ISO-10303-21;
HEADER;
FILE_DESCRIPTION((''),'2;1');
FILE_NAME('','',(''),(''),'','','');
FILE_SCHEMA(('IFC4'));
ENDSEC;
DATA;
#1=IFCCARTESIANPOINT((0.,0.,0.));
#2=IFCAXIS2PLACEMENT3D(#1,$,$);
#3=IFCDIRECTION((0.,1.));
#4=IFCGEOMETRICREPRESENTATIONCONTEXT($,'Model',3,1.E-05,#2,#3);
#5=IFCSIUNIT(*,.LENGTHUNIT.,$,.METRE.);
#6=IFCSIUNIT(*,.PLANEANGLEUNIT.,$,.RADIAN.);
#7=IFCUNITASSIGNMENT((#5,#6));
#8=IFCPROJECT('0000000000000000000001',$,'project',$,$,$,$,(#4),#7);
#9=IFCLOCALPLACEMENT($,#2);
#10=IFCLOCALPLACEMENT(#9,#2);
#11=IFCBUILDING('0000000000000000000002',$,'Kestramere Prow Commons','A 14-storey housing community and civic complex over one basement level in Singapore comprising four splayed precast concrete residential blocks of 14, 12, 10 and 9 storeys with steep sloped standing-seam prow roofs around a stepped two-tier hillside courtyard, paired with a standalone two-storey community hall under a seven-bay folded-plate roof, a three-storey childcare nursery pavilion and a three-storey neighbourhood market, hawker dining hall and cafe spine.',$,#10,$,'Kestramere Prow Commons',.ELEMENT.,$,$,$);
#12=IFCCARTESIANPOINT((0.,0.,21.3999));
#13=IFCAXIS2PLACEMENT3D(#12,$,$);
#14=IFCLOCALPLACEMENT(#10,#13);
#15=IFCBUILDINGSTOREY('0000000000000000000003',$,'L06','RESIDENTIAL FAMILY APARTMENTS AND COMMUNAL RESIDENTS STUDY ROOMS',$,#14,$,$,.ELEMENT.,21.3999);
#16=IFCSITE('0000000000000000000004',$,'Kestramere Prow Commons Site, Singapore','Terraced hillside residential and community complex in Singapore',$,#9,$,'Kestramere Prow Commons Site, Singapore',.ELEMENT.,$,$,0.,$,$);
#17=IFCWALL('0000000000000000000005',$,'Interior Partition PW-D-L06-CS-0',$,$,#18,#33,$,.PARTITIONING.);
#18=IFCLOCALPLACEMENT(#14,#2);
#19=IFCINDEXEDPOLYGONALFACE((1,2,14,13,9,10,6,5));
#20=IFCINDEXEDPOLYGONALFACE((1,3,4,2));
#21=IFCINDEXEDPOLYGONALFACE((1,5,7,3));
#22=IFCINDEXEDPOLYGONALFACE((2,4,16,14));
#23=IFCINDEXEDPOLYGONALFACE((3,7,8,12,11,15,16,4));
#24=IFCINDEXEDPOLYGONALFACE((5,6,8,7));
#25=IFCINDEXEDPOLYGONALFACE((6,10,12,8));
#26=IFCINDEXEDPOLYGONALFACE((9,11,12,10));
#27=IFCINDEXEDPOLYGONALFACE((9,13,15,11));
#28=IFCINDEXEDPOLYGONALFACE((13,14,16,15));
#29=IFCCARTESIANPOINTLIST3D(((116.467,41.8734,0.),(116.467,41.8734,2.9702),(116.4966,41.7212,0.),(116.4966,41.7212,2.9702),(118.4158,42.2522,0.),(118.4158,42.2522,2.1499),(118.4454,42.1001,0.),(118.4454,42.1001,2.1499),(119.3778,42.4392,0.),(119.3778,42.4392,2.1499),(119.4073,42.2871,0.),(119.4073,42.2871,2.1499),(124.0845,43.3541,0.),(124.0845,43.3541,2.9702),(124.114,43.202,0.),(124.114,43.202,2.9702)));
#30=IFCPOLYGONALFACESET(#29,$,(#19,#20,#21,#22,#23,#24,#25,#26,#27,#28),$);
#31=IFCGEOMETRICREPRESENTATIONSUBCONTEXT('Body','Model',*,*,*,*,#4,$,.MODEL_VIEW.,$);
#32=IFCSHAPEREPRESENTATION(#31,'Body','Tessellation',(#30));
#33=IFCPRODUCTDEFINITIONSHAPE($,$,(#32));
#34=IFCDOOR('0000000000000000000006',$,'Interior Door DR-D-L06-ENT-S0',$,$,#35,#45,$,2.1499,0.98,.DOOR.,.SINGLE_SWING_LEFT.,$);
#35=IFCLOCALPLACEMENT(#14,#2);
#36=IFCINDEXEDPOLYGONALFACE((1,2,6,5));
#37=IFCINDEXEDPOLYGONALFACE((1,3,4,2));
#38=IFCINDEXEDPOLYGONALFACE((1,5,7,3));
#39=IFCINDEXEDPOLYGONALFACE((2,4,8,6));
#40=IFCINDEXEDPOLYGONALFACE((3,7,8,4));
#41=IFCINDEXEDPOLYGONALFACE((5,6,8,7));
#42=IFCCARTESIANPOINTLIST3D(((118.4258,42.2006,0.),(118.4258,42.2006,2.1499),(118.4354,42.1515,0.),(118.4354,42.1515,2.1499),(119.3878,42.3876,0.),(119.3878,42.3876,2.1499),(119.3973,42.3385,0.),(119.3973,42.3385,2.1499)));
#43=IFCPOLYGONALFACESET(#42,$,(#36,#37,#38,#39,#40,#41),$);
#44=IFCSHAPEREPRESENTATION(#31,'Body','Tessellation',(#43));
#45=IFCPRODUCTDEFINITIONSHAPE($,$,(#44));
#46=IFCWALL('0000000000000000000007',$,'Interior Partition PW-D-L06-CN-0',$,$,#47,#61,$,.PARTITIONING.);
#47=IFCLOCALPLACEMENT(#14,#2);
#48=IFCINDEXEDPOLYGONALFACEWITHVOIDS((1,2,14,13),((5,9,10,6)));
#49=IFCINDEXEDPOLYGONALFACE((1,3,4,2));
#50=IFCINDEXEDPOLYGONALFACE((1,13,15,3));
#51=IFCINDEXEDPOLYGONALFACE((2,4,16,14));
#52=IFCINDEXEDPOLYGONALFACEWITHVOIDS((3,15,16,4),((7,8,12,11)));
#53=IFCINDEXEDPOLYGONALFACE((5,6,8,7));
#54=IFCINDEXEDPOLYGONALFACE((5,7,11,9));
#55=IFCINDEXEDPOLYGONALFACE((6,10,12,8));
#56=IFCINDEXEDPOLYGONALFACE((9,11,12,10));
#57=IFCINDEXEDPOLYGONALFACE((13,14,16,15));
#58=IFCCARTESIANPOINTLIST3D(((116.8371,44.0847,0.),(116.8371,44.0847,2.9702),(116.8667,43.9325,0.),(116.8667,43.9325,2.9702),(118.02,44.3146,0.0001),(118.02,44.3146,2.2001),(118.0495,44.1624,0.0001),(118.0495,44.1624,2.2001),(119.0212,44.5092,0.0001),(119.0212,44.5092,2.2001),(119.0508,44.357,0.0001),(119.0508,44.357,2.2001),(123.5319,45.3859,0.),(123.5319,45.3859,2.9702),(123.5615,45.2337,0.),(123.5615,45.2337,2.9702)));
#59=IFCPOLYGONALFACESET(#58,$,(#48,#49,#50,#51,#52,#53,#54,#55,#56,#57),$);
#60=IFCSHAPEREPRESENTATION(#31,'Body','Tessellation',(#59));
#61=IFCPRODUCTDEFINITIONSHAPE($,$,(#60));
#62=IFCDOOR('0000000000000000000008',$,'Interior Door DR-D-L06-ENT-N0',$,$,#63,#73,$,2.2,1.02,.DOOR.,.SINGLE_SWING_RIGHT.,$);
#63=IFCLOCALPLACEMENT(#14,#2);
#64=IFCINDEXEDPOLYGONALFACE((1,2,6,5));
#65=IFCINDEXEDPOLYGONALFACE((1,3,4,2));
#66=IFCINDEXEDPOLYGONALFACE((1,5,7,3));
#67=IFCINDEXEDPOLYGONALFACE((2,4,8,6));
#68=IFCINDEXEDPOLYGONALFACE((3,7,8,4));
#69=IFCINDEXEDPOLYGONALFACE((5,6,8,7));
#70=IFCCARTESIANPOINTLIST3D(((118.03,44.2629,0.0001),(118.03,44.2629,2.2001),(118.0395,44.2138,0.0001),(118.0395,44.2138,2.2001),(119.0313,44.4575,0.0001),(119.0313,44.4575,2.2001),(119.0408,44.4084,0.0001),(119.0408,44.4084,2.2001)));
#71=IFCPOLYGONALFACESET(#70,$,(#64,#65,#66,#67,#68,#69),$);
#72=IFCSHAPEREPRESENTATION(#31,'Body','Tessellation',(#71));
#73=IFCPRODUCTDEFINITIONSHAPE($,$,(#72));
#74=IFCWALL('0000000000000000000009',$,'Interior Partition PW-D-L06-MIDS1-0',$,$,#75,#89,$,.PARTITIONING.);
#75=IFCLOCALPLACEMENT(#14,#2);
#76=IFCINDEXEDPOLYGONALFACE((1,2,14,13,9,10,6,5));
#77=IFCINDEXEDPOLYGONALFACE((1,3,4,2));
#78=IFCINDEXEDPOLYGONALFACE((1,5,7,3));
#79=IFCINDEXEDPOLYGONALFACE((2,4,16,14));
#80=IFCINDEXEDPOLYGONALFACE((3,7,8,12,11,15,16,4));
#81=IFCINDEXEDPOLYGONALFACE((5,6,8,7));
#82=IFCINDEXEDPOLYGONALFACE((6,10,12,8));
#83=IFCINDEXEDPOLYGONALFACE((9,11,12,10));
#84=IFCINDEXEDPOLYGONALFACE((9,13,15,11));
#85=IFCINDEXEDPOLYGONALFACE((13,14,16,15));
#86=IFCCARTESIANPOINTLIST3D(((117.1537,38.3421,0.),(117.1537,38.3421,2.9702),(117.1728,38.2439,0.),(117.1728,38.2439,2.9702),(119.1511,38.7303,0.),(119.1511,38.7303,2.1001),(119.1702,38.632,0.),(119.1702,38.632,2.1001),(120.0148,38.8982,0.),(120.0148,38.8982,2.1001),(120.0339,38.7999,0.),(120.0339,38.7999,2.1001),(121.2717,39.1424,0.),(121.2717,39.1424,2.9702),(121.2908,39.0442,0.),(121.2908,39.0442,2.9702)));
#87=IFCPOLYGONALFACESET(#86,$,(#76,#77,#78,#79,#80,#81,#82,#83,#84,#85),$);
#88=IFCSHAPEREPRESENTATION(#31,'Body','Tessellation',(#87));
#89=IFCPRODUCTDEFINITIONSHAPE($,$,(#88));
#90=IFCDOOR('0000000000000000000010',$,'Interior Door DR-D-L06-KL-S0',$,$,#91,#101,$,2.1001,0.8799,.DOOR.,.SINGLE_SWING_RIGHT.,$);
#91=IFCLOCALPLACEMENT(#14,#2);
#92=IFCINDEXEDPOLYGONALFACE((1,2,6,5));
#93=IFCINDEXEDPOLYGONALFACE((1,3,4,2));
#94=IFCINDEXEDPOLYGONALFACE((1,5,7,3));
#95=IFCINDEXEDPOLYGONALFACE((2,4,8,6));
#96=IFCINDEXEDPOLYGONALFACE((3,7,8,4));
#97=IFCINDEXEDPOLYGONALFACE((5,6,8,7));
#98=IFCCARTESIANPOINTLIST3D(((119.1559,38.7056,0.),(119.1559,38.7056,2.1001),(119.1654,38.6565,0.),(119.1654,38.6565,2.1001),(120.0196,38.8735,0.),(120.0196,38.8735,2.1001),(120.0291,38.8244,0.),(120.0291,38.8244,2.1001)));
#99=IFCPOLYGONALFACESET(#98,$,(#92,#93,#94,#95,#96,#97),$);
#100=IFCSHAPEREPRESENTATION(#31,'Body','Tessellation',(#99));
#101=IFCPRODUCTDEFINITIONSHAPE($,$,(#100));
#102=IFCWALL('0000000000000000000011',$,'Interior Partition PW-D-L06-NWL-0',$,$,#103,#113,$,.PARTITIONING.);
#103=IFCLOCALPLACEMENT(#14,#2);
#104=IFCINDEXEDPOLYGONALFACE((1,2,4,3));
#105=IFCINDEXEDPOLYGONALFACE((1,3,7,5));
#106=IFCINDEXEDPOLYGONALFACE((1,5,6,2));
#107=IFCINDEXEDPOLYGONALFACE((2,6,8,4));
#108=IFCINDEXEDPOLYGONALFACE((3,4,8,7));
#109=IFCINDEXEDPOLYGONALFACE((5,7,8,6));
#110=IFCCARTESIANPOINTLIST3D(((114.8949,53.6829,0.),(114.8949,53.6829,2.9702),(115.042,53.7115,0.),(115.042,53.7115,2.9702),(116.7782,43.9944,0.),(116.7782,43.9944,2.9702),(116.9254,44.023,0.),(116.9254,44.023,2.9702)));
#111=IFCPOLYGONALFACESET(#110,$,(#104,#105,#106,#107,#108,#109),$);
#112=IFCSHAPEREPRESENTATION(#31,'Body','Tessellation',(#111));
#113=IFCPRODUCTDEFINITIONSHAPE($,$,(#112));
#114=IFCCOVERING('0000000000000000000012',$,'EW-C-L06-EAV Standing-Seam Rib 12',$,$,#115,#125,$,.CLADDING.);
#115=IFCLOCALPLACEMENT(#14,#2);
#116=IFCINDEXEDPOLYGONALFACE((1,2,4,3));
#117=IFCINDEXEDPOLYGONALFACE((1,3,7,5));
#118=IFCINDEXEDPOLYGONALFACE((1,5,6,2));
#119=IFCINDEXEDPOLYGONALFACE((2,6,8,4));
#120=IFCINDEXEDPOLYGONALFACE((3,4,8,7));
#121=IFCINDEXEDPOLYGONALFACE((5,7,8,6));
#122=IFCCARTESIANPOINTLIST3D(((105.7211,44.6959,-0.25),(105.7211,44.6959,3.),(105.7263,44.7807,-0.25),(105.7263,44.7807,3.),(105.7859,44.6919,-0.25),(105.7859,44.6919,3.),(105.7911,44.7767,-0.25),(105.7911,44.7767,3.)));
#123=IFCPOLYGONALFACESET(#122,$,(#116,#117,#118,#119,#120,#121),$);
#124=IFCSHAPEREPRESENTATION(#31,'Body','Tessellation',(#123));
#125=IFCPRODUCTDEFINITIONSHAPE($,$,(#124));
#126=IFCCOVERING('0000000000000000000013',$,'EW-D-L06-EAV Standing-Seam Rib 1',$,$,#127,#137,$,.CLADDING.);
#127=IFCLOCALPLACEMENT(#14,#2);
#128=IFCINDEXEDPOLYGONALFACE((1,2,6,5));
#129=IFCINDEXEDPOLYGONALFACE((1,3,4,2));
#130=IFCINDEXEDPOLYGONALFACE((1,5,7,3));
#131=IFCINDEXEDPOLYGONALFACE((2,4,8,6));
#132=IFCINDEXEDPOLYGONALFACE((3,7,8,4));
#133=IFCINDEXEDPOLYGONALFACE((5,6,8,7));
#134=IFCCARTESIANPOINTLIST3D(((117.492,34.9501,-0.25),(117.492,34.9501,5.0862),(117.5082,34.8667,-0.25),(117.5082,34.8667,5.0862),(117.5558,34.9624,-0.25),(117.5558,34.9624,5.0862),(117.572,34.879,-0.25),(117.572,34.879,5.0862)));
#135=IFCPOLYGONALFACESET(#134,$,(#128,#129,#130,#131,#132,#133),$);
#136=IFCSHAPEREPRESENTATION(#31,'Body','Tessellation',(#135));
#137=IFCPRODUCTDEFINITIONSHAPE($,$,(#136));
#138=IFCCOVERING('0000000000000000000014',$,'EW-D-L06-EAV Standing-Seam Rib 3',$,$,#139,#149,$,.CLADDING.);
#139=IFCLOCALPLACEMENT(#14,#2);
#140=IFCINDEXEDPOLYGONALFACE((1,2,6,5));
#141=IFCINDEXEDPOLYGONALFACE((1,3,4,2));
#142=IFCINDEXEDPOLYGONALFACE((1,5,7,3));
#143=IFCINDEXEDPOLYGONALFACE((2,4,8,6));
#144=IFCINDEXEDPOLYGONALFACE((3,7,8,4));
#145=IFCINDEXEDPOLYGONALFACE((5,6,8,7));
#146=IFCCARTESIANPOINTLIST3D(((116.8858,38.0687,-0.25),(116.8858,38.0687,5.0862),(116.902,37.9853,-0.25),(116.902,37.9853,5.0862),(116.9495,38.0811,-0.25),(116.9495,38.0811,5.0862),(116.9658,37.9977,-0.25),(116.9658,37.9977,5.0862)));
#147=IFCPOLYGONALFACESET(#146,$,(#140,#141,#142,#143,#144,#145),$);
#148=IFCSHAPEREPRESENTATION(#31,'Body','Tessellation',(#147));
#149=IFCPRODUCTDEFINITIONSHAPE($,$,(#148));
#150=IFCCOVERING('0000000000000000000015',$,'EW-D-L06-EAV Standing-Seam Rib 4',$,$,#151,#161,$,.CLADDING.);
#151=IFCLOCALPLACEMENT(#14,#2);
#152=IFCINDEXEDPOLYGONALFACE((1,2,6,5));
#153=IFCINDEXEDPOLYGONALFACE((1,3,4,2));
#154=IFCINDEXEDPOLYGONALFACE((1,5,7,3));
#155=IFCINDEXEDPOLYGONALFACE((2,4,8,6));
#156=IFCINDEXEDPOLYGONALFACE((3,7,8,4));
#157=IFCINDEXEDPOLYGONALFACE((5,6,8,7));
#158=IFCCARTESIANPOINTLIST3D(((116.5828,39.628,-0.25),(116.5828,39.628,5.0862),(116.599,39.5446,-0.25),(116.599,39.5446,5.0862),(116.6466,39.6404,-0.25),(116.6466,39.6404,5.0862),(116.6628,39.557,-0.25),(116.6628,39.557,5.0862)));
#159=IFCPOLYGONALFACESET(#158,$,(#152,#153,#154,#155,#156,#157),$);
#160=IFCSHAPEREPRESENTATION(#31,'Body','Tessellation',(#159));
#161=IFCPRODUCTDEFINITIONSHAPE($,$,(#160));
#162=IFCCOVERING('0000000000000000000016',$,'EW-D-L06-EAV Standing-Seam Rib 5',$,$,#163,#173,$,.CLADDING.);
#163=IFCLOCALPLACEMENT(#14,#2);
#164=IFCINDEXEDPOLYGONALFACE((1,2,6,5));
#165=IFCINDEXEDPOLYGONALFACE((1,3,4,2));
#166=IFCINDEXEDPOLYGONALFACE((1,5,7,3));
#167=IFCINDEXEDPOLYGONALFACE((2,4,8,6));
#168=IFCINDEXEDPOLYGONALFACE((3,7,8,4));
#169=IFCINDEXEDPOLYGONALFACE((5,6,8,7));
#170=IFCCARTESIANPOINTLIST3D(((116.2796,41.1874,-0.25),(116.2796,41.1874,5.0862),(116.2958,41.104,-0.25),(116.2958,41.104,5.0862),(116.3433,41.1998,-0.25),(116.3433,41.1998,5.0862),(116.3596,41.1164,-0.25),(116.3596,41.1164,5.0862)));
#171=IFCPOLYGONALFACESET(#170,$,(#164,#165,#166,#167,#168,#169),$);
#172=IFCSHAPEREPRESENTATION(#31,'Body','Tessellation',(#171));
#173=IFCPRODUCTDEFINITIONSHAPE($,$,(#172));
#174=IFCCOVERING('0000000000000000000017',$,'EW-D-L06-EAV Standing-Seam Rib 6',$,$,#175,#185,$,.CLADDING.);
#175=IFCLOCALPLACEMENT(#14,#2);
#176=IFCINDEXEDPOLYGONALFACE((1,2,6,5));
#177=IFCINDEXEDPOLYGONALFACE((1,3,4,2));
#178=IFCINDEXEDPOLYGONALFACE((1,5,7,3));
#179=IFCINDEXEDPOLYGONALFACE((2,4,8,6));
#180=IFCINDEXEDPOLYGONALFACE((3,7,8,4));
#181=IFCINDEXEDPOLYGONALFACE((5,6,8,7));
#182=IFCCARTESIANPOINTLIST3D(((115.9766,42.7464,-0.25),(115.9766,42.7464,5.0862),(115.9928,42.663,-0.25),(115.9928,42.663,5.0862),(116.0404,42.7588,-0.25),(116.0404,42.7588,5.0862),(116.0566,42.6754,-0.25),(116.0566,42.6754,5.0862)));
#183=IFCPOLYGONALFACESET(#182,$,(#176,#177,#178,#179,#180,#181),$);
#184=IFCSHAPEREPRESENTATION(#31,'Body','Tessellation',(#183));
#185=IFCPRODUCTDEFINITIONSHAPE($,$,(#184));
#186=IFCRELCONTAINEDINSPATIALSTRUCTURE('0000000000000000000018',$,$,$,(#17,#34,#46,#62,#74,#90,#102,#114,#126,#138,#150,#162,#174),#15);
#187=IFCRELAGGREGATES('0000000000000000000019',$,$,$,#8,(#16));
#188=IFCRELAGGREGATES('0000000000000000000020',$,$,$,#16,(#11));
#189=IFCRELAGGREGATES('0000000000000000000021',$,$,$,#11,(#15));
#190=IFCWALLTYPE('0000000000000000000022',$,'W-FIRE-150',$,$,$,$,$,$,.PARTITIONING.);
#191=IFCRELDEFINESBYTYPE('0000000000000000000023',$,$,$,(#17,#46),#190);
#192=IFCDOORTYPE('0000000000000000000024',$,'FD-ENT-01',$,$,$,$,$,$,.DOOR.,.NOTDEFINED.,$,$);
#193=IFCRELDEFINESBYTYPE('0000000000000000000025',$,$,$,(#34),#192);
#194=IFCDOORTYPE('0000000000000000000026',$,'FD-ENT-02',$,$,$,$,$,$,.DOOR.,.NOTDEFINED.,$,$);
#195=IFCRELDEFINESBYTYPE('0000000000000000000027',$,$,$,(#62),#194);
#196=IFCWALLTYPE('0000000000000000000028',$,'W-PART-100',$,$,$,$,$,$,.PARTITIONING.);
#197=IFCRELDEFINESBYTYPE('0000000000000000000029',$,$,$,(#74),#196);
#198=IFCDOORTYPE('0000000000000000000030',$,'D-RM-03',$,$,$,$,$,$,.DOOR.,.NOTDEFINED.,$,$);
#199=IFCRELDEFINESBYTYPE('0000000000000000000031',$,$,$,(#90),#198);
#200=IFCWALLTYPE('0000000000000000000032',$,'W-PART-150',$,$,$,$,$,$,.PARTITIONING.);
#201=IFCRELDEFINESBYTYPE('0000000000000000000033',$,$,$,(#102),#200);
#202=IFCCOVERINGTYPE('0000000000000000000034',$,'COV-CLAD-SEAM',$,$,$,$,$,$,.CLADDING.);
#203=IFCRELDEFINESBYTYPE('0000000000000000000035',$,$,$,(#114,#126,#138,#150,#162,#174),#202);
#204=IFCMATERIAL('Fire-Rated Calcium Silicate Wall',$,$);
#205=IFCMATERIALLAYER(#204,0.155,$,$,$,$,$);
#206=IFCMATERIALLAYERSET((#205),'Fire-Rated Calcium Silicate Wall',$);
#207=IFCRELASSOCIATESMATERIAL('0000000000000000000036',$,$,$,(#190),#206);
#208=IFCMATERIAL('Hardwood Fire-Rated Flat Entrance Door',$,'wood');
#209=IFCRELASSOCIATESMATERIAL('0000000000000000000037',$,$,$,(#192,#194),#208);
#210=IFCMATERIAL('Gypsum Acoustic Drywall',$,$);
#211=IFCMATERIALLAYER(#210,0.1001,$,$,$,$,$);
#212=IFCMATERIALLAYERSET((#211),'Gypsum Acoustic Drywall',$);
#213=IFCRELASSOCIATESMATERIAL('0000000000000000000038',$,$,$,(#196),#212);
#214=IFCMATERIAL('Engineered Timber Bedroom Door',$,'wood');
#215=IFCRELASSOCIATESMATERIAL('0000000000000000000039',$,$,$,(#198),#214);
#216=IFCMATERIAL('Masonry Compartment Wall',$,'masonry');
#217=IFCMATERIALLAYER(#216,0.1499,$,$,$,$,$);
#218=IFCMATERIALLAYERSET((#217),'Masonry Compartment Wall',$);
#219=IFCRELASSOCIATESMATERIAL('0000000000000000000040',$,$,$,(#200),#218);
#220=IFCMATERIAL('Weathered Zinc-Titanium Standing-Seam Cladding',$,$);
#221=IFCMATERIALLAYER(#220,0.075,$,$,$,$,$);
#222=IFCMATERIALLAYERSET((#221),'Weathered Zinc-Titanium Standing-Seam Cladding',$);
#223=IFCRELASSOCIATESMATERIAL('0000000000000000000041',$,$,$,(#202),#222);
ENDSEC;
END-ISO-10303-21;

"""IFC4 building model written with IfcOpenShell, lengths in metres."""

from ifc_helpers import new_model, si_unit, direction, frame, frame_2d, origin, origin_2d, place, context, subcontext, project, spatial, rectangle, extrude, material, layer, layer_set, type_object, element, fill, save


model = new_model("IFC4")

# Units and contexts
model_context = context("Model", 3, precision=1e-05, world=origin(), true_north=direction((0.0, 1.0)))
body_context = subcontext(model_context, "Body", "Model", "MODEL_VIEW")
ifc_project = project(units=[si_unit("LENGTHUNIT", "METRE"), si_unit("PLANEANGLEUNIT", "RADIAN")], contexts=[model_context])

# Site, building, storey
site_placement = place(None, origin())
site = spatial("IfcSite", under=ifc_project, at=site_placement, Name="Kestramere Prow Commons Site, Singapore", Description="Terraced hillside residential and community complex in Singapore", LongName="Kestramere Prow Commons Site, Singapore", CompositionType="ELEMENT", RefElevation=0.0)
building_placement = place(site_placement, origin())
building = spatial("IfcBuilding", under=site, at=building_placement, Name="Kestramere Prow Commons", Description="A 14-storey housing community and civic complex over one basement level in Singapore comprising four splayed precast concrete residential blocks of 14, 12, 10 and 9 storeys with steep sloped standing-seam prow roofs around a stepped two-tier hillside courtyard, paired with a standalone two-storey community hall under a seven-bay folded-plate roof, a three-storey childcare nursery pavilion and a three-storey neighbourhood market, hawker dining hall and cafe spine.", LongName="Kestramere Prow Commons", CompositionType="ELEMENT")
storey_placement = place(building_placement, frame((0.0, 0.0, 21.3999)))
storey = spatial("IfcBuildingStorey", under=building, at=storey_placement, Name="L06", Description="RESIDENTIAL FAMILY APARTMENTS AND COMMUNAL RESIDENTS STUDY ROOMS", CompositionType="ELEMENT", Elevation=21.3999)

# Walls, openings, doors
ifc_material_1 = material(Name="Fire-Rated Calcium Silicate Wall")
ifc_layer_1 = layer(ifc_material_1, 0.155)
ifc_layer_set_1 = layer_set([ifc_layer_1], Name="Fire-Rated Calcium Silicate Wall")
wall_type_1 = type_object("IfcWallType", Name="W-FIRE-150", PredefinedType="PARTITIONING", material=ifc_layer_set_1)
wall_1_placement = place(storey_placement, frame((116.4819, 41.7974, 0.0), z_axis=(0.0, 0.0, 1.0), x_axis=(0.981626, 0.190813, 0.0)))
wall_1 = element("IfcWall", 1, at=wall_1_placement, inside=storey, type_object=wall_type_1, Name="Interior Partition PW-D-L06-CS-0", PredefinedType="PARTITIONING", context=body_context, shape_type="SweptSolid", body=[
    extrude(rectangle(XDim=7.76, YDim=0.155, at=frame_2d((3.8799, 0.0))), origin(), (0.0, 0.0, 1.0), 2.9702),
])
opening_1_placement = place(wall_1_placement, frame((1.9851, 0.0, 0.0)))
opening_1 = element("IfcOpeningElement", 2, at=opening_1_placement, cuts=wall_1, PredefinedType="OPENING", context=body_context, shape_type="SweptSolid", body=[
    extrude(rectangle(XDim=0.98, YDim=2.1499, at=frame_2d((0.49, 1.075))), frame((0.0, 0.0925, 0.0), z_axis=(0.0, -1.0, 0.0), x_axis=(1.0, 0.0, 0.0)), (0.0, 0.0, 1.0), 0.1851),
])
ifc_material_2 = material(Name="Hardwood Fire-Rated Flat Entrance Door", Category="wood")
door_type_1 = type_object("IfcDoorType", Name="FD-ENT-01", OperationType="NOTDEFINED", PredefinedType="DOOR", material=ifc_material_2)
door_1_placement = place(opening_1_placement, origin())
door_1 = element("IfcDoor", 3, at=door_1_placement, inside=storey, type_object=door_type_1, Name="Interior Door DR-D-L06-ENT-S0", OperationType="SINGLE_SWING_LEFT", OverallHeight=2.1499, OverallWidth=0.98, PredefinedType="DOOR", context=body_context, shape_type="SweptSolid", body=[
    extrude(rectangle(XDim=0.98, YDim=2.1499, at=frame_2d((0.49, 1.075))), frame((0.0, 0.0249, 0.0), z_axis=(0.0, -1.0, 0.0), x_axis=(1.0, 0.0, 0.0)), (0.0, 0.0, 1.0), 0.05),
])
fill(opening_1, door_1)
wall_2_placement = place(storey_placement, frame((116.8518, 44.0085, 0.0), z_axis=(0.0, 0.0, 1.0), x_axis=(0.981629, 0.190799, 0.0)))
wall_2 = element("IfcWall", 4, at=wall_2_placement, inside=storey, type_object=wall_type_1, Name="Interior Partition PW-D-L06-CN-0", PredefinedType="PARTITIONING", context=body_context, shape_type="SweptSolid", body=[
    extrude(rectangle(XDim=6.8201, YDim=0.155, at=frame_2d((3.4102, 0.0))), origin(), (0.0, 0.0, 1.0), 2.9702),
])
opening_2_placement = place(wall_2_placement, frame((1.2051, 0.0, 0.0)))
opening_2 = element("IfcOpeningElement", 5, at=opening_2_placement, cuts=wall_2, PredefinedType="OPENING", context=body_context, shape_type="SweptSolid", body=[
    extrude(rectangle(XDim=1.02, YDim=2.2, at=frame_2d((0.51, 1.1001))), frame((0.0, 0.0925, 0.0), z_axis=(0.0, -1.0, 0.0), x_axis=(1.0, 0.0, 0.0)), (0.0, 0.0, 1.0), 0.1851),
])
door_type_2 = type_object("IfcDoorType", Name="FD-ENT-02", OperationType="NOTDEFINED", PredefinedType="DOOR", material=ifc_material_2)
door_2_placement = place(opening_2_placement, origin())
door_2 = element("IfcDoor", 6, at=door_2_placement, inside=storey, type_object=door_type_2, Name="Interior Door DR-D-L06-ENT-N0", OperationType="SINGLE_SWING_RIGHT", OverallHeight=2.2, OverallWidth=1.02, PredefinedType="DOOR", context=body_context, shape_type="SweptSolid", body=[
    extrude(rectangle(XDim=1.02, YDim=2.2, at=frame_2d((0.51, 1.1001))), frame((0.0, 0.0249, 0.0), z_axis=(0.0, -1.0, 0.0), x_axis=(1.0, 0.0, 0.0)), (0.0, 0.0, 1.0), 0.05),
])
fill(opening_2, door_2)
ifc_material_3 = material(Name="Gypsum Acoustic Drywall")
ifc_layer_2 = layer(ifc_material_3, 0.1001)
ifc_layer_set_2 = layer_set([ifc_layer_2], Name="Gypsum Acoustic Drywall")
wall_type_2 = type_object("IfcWallType", Name="W-PART-100", PredefinedType="PARTITIONING", material=ifc_layer_set_2)
wall_3_placement = place(storey_placement, frame((117.1631, 38.293, 0.0), z_axis=(0.0, 0.0, 1.0), x_axis=(0.981634, 0.190775, 0.0)))
wall_3 = element("IfcWall", 7, at=wall_3_placement, inside=storey, type_object=wall_type_2, Name="Interior Partition PW-D-L06-MIDS1-0", PredefinedType="PARTITIONING", context=body_context, shape_type="SweptSolid", body=[
    extrude(rectangle(XDim=4.1951, YDim=0.1001, at=frame_2d((2.0977, 0.0))), origin(), (0.0, 0.0, 1.0), 2.9702),
])
opening_3_placement = place(wall_3_placement, frame((2.0349, 0.0, 0.0)))
opening_3 = element("IfcOpeningElement", 8, at=opening_3_placement, cuts=wall_3, PredefinedType="OPENING", context=body_context, shape_type="SweptSolid", body=[
    extrude(rectangle(XDim=0.8799, YDim=2.1001, at=frame_2d((0.4399, 1.05))), frame((0.0, 0.0649, 0.0), z_axis=(0.0, -1.0, 0.0), x_axis=(1.0, 0.0, 0.0)), (0.0, 0.0, 1.0), 0.1301),
])
ifc_material_4 = material(Name="Engineered Timber Bedroom Door", Category="wood")
door_type_3 = type_object("IfcDoorType", Name="D-RM-03", OperationType="NOTDEFINED", PredefinedType="DOOR", material=ifc_material_4)
door_3_placement = place(opening_3_placement, origin())
door_3 = element("IfcDoor", 9, at=door_3_placement, inside=storey, type_object=door_type_3, Name="Interior Door DR-D-L06-KL-S0", OperationType="SINGLE_SWING_RIGHT", OverallHeight=2.1001, OverallWidth=0.8799, PredefinedType="DOOR", context=body_context, shape_type="SweptSolid", body=[
    extrude(rectangle(XDim=0.8799, YDim=2.1001, at=frame_2d((0.4399, 1.05))), frame((0.0, 0.0249, 0.0), z_axis=(0.0, -1.0, 0.0), x_axis=(1.0, 0.0, 0.0)), (0.0, 0.0, 1.0), 0.05),
])
fill(opening_3, door_3)

# Wall
ifc_material_5 = material(Name="Masonry Compartment Wall", Category="masonry")
ifc_layer_3 = layer(ifc_material_5, 0.1499)
ifc_layer_set_3 = layer_set([ifc_layer_3], Name="Masonry Compartment Wall")
wall_type_3 = type_object("IfcWallType", Name="W-PART-150", PredefinedType="PARTITIONING", material=ifc_layer_set_3)
wall_4_placement = place(storey_placement, frame((116.8518, 44.0085, 0.0), z_axis=(0.0, 0.0, 1.0), x_axis=(-0.190814, 0.981626, 0.0)))
element("IfcWall", 10, at=wall_4_placement, inside=storey, type_object=wall_type_3, Name="Interior Partition PW-D-L06-NWL-0", PredefinedType="PARTITIONING", context=body_context, shape_type="SweptSolid", body=[
    extrude(rectangle(XDim=9.8699, YDim=0.1499, at=frame_2d((4.9351, 0.0))), origin(), (0.0, 0.0, 1.0), 2.9702),
])

# Coverings
ifc_material_6 = material(Name="Weathered Zinc-Titanium Standing-Seam Cladding")
ifc_layer_4 = layer(ifc_material_6, 0.075)
ifc_layer_set_4 = layer_set([ifc_layer_4], Name="Weathered Zinc-Titanium Standing-Seam Cladding")
covering_type = type_object("IfcCoveringType", Name="COV-CLAD-SEAM", PredefinedType="CLADDING", material=ifc_layer_set_4)
covering_placement = place(storey_placement, frame((105.7561, 44.7363, -0.25), z_axis=(0.0, 0.0, 1.0), x_axis=(-0.061049, -0.998135, 0.0)))
element("IfcCovering", 11, at=covering_placement, inside=storey, type_object=covering_type, Name="EW-C-L06-EAV Standing-Seam Rib 12", PredefinedType="CLADDING", context=body_context, shape_type="SweptSolid", body=[
    extrude(rectangle(XDim=0.085, YDim=0.0649, at=origin_2d()), origin(), (0.0, 0.0, 1.0), 3.25),
])
for number, where, z_axis, x_axis, name in (
    (12, (117.532, 34.9146, -0.25), (0.0, 0.0, 1.0), (-0.190809, 0.981627, 0.0), "EW-D-L06-EAV Standing-Seam Rib 1"),
    (13, (116.9258, 38.0332, -0.25), (0.0, 0.0, 1.0), (-0.190809, 0.981627, 0.0), "EW-D-L06-EAV Standing-Seam Rib 3"),
    (14, (116.6228, 39.5925, -0.25), (0.0, 0.0, 1.0), (-0.190809, 0.981627, 0.0), "EW-D-L06-EAV Standing-Seam Rib 4"),
    (15, (116.3196, 41.1519, -0.25), (0.0, 0.0, 1.0), (-0.190809, 0.981627, 0.0), "EW-D-L06-EAV Standing-Seam Rib 5"),
    (16, (116.0166, 42.7109, -0.25), (0.0, 0.0, 1.0), (-0.190809, 0.981627, 0.0), "EW-D-L06-EAV Standing-Seam Rib 6"),
):
    element("IfcCovering", number, at=place(storey_placement, frame(where, z_axis=z_axis, x_axis=x_axis)), inside=storey, type_object=covering_type, Name=name, PredefinedType="CLADDING", context=body_context, shape_type="SweptSolid", body=[
        extrude(rectangle(XDim=0.085, YDim=0.0649, at=origin_2d()), origin(), (0.0, 0.0, 1.0), 5.3362),
    ])

save(model, "model.ifc")
